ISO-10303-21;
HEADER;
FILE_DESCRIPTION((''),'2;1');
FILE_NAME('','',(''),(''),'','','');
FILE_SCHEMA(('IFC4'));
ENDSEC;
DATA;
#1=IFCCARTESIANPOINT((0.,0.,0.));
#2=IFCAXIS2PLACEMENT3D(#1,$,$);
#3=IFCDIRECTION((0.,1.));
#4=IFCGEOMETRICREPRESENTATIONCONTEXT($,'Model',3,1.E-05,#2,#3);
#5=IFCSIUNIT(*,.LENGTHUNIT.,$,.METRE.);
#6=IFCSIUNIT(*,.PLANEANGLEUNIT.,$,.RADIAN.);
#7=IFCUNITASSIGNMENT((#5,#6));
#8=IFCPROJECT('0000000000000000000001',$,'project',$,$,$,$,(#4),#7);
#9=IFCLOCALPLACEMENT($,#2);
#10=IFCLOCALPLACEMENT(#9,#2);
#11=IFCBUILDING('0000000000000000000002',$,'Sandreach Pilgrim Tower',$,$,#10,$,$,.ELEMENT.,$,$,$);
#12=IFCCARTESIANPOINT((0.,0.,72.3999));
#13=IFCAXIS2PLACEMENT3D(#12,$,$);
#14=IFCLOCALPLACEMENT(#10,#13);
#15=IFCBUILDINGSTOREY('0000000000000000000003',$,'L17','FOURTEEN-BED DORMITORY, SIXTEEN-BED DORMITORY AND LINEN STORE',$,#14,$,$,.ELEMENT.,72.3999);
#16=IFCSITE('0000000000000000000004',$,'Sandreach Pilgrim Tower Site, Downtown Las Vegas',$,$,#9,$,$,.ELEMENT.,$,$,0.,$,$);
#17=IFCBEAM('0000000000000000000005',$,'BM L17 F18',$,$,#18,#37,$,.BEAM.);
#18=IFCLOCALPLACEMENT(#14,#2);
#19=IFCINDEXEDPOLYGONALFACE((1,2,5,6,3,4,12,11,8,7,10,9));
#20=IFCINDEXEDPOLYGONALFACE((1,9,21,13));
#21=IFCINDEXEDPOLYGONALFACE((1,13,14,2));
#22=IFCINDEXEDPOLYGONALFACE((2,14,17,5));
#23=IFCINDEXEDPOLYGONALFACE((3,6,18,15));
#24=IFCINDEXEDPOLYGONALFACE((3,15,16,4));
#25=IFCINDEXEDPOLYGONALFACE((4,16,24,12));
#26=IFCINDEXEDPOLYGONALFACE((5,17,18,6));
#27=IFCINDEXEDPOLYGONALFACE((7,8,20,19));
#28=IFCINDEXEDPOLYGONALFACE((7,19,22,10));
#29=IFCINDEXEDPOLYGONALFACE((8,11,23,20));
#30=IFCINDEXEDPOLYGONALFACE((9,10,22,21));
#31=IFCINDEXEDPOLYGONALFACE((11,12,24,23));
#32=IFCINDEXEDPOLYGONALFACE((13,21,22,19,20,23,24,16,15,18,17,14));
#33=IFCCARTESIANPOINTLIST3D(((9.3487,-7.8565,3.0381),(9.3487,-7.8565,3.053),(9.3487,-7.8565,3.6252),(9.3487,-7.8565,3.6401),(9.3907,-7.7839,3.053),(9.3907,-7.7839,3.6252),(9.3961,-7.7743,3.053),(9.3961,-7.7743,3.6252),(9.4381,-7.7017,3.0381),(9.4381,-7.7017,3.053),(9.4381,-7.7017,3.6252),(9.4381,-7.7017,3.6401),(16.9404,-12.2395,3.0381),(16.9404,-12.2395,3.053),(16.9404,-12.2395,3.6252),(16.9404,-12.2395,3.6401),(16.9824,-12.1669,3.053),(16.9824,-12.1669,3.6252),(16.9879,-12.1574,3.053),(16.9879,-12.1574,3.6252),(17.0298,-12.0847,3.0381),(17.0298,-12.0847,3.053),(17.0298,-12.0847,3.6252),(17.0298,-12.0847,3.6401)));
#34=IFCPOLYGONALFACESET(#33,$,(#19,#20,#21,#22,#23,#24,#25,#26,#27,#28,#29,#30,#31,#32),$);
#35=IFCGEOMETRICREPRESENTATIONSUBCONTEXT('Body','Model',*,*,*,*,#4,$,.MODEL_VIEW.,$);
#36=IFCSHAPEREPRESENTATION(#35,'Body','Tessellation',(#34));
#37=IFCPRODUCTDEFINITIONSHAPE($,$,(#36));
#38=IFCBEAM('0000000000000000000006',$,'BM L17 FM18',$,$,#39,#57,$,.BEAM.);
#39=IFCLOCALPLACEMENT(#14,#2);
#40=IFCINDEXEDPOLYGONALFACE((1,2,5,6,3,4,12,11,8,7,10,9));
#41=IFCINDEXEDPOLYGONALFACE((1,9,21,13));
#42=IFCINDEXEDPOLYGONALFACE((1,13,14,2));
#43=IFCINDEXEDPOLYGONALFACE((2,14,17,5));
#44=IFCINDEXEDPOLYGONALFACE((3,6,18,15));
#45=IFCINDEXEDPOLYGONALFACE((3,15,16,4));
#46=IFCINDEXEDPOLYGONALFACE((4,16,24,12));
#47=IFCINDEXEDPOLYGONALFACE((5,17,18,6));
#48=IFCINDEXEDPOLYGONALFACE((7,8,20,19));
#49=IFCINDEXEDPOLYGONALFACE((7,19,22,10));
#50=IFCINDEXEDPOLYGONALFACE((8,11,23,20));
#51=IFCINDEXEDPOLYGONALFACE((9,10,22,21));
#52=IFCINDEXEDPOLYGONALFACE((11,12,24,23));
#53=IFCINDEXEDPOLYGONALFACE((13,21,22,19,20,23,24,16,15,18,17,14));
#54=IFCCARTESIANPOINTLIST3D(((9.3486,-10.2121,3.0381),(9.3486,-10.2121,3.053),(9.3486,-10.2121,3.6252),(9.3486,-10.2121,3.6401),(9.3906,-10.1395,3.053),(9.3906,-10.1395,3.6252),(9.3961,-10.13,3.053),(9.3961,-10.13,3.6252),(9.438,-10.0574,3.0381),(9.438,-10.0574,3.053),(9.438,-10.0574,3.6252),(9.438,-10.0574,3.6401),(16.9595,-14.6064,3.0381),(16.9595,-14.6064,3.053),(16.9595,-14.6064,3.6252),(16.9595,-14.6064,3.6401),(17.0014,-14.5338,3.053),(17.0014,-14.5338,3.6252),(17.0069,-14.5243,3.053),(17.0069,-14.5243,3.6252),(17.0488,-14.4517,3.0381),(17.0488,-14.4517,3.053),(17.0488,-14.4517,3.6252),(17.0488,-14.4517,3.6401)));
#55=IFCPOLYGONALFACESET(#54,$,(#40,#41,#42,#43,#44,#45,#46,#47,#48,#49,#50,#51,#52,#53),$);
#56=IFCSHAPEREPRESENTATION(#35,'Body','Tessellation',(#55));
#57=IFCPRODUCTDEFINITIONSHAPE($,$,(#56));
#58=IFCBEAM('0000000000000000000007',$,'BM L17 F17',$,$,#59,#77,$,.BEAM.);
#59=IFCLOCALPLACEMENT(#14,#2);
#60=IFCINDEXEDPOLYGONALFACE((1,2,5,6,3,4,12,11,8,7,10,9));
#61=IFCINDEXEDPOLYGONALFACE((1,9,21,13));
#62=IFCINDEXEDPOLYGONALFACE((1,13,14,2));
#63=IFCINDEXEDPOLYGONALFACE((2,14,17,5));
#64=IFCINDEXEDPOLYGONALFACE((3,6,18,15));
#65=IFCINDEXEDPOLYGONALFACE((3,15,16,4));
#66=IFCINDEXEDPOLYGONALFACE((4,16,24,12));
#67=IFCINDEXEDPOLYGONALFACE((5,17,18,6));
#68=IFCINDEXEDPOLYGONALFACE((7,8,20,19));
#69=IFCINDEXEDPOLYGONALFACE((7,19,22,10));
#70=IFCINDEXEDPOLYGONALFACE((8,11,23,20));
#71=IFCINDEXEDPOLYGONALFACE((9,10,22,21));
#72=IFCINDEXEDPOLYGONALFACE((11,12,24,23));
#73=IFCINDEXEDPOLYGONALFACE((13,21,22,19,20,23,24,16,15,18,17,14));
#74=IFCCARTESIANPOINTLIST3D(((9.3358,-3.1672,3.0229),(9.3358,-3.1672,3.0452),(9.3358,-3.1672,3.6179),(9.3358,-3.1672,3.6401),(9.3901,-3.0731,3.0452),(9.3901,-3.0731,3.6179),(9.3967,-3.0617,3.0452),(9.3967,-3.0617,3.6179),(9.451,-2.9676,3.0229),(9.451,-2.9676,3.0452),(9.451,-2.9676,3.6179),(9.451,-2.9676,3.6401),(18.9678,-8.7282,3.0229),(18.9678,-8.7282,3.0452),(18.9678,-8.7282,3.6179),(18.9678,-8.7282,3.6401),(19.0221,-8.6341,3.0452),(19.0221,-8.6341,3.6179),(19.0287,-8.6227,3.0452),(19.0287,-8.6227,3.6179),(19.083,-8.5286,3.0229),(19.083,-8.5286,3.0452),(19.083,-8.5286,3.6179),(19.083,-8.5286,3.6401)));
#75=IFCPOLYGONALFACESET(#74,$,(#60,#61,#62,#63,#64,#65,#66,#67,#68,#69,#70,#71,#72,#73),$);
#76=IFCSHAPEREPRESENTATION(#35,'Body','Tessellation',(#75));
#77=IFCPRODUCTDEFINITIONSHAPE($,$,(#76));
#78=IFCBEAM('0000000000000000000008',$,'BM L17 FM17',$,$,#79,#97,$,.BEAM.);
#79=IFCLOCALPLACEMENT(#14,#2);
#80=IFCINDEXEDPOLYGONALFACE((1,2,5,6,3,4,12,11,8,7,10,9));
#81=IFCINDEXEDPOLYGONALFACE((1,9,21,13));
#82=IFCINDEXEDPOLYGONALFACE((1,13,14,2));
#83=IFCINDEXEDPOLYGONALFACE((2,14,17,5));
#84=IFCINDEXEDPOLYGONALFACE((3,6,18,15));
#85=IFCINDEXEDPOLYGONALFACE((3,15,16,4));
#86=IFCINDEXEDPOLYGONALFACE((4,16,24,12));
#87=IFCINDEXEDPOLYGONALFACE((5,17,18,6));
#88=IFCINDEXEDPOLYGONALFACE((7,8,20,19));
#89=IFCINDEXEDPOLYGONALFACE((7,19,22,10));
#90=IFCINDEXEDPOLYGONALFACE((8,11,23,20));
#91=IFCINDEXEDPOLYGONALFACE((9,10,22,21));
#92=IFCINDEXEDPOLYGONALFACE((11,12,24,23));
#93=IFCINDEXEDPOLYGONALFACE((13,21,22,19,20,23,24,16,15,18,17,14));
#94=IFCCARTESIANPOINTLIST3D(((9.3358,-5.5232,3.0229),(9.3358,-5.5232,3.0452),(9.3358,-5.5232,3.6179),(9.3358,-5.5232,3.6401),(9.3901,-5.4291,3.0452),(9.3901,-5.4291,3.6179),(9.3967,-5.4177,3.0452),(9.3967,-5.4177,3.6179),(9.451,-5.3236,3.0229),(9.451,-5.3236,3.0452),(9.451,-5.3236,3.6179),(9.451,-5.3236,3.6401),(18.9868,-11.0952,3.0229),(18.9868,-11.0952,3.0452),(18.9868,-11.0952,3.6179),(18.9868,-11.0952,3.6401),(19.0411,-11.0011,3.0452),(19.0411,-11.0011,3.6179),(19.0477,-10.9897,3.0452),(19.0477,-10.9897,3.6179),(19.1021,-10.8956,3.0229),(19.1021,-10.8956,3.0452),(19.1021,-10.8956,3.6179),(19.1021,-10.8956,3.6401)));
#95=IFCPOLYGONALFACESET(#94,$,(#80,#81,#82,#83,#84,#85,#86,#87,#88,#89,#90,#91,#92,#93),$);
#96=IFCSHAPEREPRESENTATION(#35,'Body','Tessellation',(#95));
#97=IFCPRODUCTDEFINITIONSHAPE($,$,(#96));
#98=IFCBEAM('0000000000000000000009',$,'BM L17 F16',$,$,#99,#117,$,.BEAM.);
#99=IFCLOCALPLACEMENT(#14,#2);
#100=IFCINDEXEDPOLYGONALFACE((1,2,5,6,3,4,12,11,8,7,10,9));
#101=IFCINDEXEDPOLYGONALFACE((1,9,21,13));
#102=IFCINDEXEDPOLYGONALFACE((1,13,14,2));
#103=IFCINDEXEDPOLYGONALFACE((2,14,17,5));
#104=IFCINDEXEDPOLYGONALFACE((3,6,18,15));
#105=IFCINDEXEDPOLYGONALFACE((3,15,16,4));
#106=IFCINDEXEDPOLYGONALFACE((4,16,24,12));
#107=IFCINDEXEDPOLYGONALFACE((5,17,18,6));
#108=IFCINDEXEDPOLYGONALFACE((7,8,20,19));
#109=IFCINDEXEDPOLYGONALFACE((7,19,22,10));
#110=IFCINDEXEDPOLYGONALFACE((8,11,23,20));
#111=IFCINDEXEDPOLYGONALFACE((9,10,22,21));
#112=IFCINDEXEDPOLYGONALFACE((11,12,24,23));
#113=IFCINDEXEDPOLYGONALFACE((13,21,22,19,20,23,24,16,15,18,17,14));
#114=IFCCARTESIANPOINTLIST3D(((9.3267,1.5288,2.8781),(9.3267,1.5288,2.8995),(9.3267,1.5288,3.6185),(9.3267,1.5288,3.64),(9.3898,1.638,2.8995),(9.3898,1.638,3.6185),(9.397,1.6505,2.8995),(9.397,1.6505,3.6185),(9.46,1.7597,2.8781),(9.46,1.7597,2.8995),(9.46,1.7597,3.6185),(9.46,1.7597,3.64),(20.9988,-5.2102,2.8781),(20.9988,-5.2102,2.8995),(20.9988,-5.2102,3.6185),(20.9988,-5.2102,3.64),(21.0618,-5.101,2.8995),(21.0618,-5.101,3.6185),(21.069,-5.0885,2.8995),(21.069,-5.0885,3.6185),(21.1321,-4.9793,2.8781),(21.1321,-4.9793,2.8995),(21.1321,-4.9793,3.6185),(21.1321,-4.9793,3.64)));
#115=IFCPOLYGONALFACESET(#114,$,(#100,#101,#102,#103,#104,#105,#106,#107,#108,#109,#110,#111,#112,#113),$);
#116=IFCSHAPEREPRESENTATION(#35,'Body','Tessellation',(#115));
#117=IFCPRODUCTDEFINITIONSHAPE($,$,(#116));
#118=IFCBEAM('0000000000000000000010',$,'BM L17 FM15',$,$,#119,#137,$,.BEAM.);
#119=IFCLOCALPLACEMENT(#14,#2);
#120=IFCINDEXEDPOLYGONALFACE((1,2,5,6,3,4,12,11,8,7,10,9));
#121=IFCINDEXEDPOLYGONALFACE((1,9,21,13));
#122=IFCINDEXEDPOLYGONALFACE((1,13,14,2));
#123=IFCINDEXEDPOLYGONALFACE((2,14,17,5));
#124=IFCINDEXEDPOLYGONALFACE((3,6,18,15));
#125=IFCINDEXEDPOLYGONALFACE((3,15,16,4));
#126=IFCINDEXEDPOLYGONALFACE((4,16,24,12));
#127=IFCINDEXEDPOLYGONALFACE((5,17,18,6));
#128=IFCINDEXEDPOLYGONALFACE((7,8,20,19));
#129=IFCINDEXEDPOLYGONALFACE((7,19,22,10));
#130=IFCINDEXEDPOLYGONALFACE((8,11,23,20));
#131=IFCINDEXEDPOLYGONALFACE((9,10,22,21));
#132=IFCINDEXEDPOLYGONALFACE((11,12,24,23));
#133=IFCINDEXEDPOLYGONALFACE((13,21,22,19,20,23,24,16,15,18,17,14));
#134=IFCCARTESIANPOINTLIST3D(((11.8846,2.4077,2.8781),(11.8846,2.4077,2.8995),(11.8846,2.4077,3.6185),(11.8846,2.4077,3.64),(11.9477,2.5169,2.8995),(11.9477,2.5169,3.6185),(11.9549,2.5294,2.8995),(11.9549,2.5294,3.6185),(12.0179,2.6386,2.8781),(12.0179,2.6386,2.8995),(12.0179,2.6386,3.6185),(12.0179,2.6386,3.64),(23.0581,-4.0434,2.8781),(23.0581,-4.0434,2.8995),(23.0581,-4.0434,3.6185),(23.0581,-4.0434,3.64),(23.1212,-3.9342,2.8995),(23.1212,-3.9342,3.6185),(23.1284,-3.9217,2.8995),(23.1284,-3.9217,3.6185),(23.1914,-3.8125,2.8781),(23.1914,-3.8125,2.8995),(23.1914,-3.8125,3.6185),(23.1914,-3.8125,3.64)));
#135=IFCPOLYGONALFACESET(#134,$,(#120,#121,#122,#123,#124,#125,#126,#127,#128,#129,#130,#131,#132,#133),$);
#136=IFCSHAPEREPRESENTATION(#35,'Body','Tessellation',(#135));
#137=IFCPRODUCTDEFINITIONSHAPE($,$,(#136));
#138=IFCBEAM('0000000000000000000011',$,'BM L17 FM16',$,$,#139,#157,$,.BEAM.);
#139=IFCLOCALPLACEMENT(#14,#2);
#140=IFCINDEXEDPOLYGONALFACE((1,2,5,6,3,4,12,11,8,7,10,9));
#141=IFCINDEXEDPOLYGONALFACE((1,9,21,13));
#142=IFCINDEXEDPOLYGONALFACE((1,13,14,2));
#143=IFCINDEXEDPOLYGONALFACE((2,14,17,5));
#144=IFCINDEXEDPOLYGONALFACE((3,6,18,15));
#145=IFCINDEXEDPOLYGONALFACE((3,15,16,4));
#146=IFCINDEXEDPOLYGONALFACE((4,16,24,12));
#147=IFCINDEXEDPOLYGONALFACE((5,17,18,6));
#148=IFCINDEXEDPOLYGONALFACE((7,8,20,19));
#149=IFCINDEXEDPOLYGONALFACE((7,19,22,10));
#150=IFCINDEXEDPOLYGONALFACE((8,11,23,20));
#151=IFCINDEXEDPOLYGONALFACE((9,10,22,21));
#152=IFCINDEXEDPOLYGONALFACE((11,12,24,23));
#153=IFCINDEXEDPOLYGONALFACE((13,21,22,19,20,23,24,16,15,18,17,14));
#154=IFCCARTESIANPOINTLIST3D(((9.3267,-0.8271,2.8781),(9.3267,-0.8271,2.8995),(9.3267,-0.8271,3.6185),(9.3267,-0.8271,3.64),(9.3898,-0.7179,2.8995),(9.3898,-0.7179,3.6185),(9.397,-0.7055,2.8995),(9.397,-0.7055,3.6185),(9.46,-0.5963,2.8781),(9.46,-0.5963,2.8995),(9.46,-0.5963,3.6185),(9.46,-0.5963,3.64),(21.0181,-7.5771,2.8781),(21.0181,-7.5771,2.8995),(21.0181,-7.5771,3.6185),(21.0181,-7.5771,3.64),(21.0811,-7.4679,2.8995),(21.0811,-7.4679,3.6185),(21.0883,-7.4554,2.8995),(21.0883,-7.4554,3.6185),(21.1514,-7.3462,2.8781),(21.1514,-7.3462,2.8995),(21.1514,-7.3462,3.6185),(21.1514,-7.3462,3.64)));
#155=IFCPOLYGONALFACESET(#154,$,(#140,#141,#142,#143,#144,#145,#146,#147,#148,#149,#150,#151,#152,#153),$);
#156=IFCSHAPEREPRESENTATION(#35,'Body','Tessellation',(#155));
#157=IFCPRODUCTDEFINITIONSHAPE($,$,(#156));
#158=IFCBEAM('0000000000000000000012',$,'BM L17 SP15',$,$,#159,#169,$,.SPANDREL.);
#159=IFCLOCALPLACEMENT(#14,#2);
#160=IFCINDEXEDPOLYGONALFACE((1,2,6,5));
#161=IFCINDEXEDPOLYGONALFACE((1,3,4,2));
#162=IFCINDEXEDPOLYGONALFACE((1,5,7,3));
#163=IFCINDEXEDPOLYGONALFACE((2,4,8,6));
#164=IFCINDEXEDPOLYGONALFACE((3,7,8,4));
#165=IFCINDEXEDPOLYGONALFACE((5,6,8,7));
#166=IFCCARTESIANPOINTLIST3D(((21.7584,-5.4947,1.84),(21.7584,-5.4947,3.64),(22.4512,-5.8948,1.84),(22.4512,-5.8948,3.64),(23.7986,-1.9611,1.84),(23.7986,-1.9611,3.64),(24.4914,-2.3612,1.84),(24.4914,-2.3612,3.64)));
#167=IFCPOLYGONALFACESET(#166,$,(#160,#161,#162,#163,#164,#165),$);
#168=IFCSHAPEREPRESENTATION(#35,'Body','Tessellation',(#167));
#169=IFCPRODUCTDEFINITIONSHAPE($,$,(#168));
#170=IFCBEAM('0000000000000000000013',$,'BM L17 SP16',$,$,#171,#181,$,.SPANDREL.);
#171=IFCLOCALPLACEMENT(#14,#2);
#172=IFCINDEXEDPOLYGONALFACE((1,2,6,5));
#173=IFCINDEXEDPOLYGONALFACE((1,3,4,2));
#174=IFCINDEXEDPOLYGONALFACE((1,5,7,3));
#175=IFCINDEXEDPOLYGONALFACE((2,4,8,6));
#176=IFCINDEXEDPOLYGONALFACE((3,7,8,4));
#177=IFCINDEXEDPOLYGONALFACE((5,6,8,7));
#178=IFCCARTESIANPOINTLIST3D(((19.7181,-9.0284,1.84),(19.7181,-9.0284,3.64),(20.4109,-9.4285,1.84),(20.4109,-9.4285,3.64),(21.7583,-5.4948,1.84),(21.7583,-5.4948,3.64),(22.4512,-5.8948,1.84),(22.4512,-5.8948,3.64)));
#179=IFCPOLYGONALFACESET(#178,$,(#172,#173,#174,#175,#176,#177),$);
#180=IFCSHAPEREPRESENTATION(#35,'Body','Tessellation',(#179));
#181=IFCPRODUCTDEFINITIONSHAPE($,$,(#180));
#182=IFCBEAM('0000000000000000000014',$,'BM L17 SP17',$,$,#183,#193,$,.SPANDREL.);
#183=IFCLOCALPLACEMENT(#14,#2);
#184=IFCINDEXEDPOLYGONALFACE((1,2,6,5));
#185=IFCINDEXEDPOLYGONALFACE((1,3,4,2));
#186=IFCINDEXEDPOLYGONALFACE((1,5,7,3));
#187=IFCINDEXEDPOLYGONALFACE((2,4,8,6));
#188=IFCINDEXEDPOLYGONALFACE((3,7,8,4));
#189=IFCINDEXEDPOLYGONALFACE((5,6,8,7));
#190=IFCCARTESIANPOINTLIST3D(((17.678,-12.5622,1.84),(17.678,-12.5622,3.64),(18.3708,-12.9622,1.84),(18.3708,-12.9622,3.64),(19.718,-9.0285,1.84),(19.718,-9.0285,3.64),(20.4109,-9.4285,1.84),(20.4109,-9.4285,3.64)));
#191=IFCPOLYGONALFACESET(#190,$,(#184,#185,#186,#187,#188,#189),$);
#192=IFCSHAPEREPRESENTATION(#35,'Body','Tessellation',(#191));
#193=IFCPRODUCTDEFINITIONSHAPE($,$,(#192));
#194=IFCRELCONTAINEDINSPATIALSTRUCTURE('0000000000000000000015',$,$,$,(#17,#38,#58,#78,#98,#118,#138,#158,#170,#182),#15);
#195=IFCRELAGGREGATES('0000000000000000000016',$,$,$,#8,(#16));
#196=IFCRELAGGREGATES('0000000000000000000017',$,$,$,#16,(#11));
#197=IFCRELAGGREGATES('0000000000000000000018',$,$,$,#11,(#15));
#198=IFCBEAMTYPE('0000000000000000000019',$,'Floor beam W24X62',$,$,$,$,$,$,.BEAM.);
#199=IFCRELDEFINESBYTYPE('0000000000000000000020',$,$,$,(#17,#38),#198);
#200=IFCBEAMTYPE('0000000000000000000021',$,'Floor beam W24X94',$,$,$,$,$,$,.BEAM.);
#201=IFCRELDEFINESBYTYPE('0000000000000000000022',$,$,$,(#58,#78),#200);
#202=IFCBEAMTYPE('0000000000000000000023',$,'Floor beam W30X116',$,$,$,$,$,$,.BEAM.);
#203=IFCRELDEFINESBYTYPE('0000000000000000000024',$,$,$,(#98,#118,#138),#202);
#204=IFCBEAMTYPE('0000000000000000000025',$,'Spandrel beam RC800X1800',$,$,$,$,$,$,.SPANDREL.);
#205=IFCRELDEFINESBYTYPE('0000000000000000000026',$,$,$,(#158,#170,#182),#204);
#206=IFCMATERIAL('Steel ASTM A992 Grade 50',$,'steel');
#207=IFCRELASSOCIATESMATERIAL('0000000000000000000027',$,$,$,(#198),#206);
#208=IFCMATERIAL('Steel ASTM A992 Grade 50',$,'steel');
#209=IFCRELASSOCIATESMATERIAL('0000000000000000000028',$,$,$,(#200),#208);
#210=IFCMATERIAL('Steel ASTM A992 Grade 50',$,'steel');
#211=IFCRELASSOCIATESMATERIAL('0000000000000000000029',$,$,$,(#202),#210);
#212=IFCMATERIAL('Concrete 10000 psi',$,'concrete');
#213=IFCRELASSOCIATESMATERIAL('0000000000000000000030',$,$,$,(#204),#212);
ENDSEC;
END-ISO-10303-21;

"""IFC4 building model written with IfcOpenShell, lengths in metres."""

from ifc_helpers import new_model, si_unit, direction, frame, origin, origin_2d, place, context, subcontext, project, spatial, rectangle, i_section, extrude, material, material_profile, profile_set, type_object, element, save


model = new_model("IFC4")

# Units and contexts
model_context = context("Model", 3, precision=1e-05, world=origin(), true_north=direction((0.0, 1.0)))
body_context = subcontext(model_context, "Body", "Model", "MODEL_VIEW")
ifc_project = project(units=[si_unit("LENGTHUNIT", "METRE"), si_unit("PLANEANGLEUNIT", "RADIAN")], contexts=[model_context])

# Site, building, storey
site_placement = place(None, origin())
site = spatial("IfcSite", under=ifc_project, at=site_placement, Name="Sandreach Pilgrim Tower Site, Downtown Las Vegas", CompositionType="ELEMENT", RefElevation=0.0)
building_placement = place(site_placement, origin())
building = spatial("IfcBuilding", under=site, at=building_placement, Name="Sandreach Pilgrim Tower", CompositionType="ELEMENT")
storey_placement = place(building_placement, frame((0.0, 0.0, 72.3999)))
storey = spatial("IfcBuildingStorey", under=building, at=storey_placement, Name="L17", Description="FOURTEEN-BED DORMITORY, SIXTEEN-BED DORMITORY AND LINEN STORE", CompositionType="ELEMENT", Elevation=72.3999)

# Beams
ifc_material_1 = material(Name="Steel ASTM A992 Grade 50", Category="steel")
ifc_material_profile_1 = material_profile(ifc_material_1, i_section(OverallWidth=0.1787, OverallDepth=0.6021, WebThickness=0.011, FlangeThickness=0.0149, at=origin_2d()), Name="W24X62")
ifc_profile_set_1 = profile_set([ifc_material_profile_1], Name="Steel ASTM A992 Grade 50")
beam_type_1 = type_object("IfcBeamType", Name="Floor beam W24X62", PredefinedType="BEAM", material=ifc_profile_set_1)
beam_1_placement = place(storey_placement, frame((16.9851, -12.1621, 3.3391), z_axis=(-0.866029, 0.499994, 0.0), x_axis=(-0.499994, -0.866029, 0.0)))
element("IfcBeam", 1, at=beam_1_placement, inside=storey, type_object=beam_type_1, Name="BM L17 F18", PredefinedType="BEAM", context=body_context, shape_type="SweptSolid", body=[
    extrude(i_section(OverallWidth=0.1787, OverallDepth=0.6021, WebThickness=0.011, FlangeThickness=0.0149, at=origin_2d()), origin(), (0.0, 0.0, 1.0), 8.7661),
])
beam_2_placement = place(storey_placement, frame((17.0042, -14.5291, 3.3391), z_axis=(-0.866017, 0.500014, 0.0), x_axis=(-0.500014, -0.866017, 0.0)))
element("IfcBeam", 2, at=beam_2_placement, inside=storey, type_object=beam_type_1, Name="BM L17 FM18", PredefinedType="BEAM", context=body_context, shape_type="SweptSolid", body=[
    extrude(i_section(OverallWidth=0.1787, OverallDepth=0.6021, WebThickness=0.011, FlangeThickness=0.0149, at=origin_2d()), origin(), (0.0, 0.0, 1.0), 8.7883),
])
ifc_material_2 = material(Name="Steel ASTM A992 Grade 50", Category="steel")
ifc_material_profile_2 = material_profile(ifc_material_2, i_section(OverallWidth=0.2305, OverallDepth=0.6172, WebThickness=0.0132, FlangeThickness=0.0222, at=origin_2d()), Name="W24X94")
ifc_profile_set_2 = profile_set([ifc_material_profile_2], Name="Steel ASTM A992 Grade 50")
beam_type_2 = type_object("IfcBeamType", Name="Floor beam W24X94", PredefinedType="BEAM", material=ifc_profile_set_2)
beam_3_placement = place(storey_placement, frame((19.0254, -8.6284, 3.3315), z_axis=(-0.866027, 0.499997, 0.0), x_axis=(-0.499997, -0.866027, 0.0)))
element("IfcBeam", 3, at=beam_3_placement, inside=storey, type_object=beam_type_2, Name="BM L17 F17", PredefinedType="BEAM", context=body_context, shape_type="SweptSolid", body=[
    extrude(i_section(OverallWidth=0.2305, OverallDepth=0.6172, WebThickness=0.0132, FlangeThickness=0.0222, at=origin_2d()), origin(), (0.0, 0.0, 1.0), 11.1221),
])
beam_4_placement = place(storey_placement, frame((19.0444, -10.9954, 3.3315), z_axis=(-0.866028, 0.499996, 0.0), x_axis=(-0.499996, -0.866028, 0.0)))
element("IfcBeam", 4, at=beam_4_placement, inside=storey, type_object=beam_type_2, Name="BM L17 FM17", PredefinedType="BEAM", context=body_context, shape_type="SweptSolid", body=[
    extrude(i_section(OverallWidth=0.2305, OverallDepth=0.6172, WebThickness=0.0132, FlangeThickness=0.0222, at=origin_2d()), origin(), (0.0, 0.0, 1.0), 11.144),
])
ifc_material_3 = material(Name="Steel ASTM A992 Grade 50", Category="steel")
ifc_material_profile_3 = material_profile(ifc_material_3, i_section(OverallWidth=0.2666, OverallDepth=0.762, WebThickness=0.0144, FlangeThickness=0.0215, at=origin_2d()), Name="W30X116")
ifc_profile_set_3 = profile_set([ifc_material_profile_3], Name="Steel ASTM A992 Grade 50")
beam_type_3 = type_object("IfcBeamType", Name="Floor beam W30X116", PredefinedType="BEAM", material=ifc_profile_set_3)
beam_5_placement = place(storey_placement, frame((21.0654, -5.0947, 3.259), z_axis=(-0.866022, 0.500006, 0.0), x_axis=(-0.500006, -0.866022, 0.0)))
element("IfcBeam", 5, at=beam_5_placement, inside=storey, type_object=beam_type_3, Name="BM L17 F16", PredefinedType="BEAM", context=body_context, shape_type="SweptSolid", body=[
    extrude(i_section(OverallWidth=0.2666, OverallDepth=0.762, WebThickness=0.0144, FlangeThickness=0.0215, at=origin_2d()), origin(), (0.0, 0.0, 1.0), 13.4778),
])
beam_6_placement = place(storey_placement, frame((23.1248, -3.928, 3.259), z_axis=(-0.866022, 0.500006, 0.0), x_axis=(-0.500006, -0.866022, 0.0)))
element("IfcBeam", 6, at=beam_6_placement, inside=storey, type_object=beam_type_3, Name="BM L17 FM15", PredefinedType="BEAM", context=body_context, shape_type="SweptSolid", body=[
    extrude(i_section(OverallWidth=0.2666, OverallDepth=0.762, WebThickness=0.0144, FlangeThickness=0.0215, at=origin_2d()), origin(), (0.0, 0.0, 1.0), 12.9021),
])
beam_7_placement = place(storey_placement, frame((21.0847, -7.4617, 3.259), z_axis=(-0.866027, 0.499998, 0.0), x_axis=(-0.499998, -0.866027, 0.0)))
element("IfcBeam", 7, at=beam_7_placement, inside=storey, type_object=beam_type_3, Name="BM L17 FM16", PredefinedType="BEAM", context=body_context, shape_type="SweptSolid", body=[
    extrude(i_section(OverallWidth=0.2666, OverallDepth=0.762, WebThickness=0.0144, FlangeThickness=0.0215, at=origin_2d()), origin(), (0.0, 0.0, 1.0), 13.5),
])
ifc_material_4 = material(Name="Concrete 10000 psi", Category="concrete")
ifc_material_profile_4 = material_profile(ifc_material_4, rectangle(XDim=0.8, YDim=1.8, at=origin_2d()), Name="RC800X1800")
ifc_profile_set_4 = profile_set([ifc_material_profile_4], Name="Concrete 10000 psi")
beam_type_4 = type_object("IfcBeamType", Name="Spandrel beam RC800X1800", PredefinedType="SPANDREL", material=ifc_profile_set_4)
for number, where, z_axis, x_axis, name in (
    (8, (24.145, -2.1611, 2.74), (-0.500019, -0.866014, 0.0), (0.866014, -0.500019, 0.0), "BM L17 SP15"),
    (9, (22.1047, -5.6948, 2.74), (-0.500019, -0.866014, 0.0), (0.866014, -0.500019, 0.0), "BM L17 SP16"),
    (10, (20.0645, -9.2285, 2.74), (-0.499975, -0.86604, 0.0), (0.86604, -0.499975, 0.0), "BM L17 SP17"),
):
    element("IfcBeam", number, at=place(storey_placement, frame(where, z_axis=z_axis, x_axis=x_axis)), inside=storey, type_object=beam_type_4, Name=name, PredefinedType="SPANDREL", context=body_context, shape_type="SweptSolid", body=[
        extrude(rectangle(XDim=0.8, YDim=1.8, at=origin_2d()), origin(), (0.0, 0.0, 1.0), 4.0803),
    ])

save(model, "model.ifc")
